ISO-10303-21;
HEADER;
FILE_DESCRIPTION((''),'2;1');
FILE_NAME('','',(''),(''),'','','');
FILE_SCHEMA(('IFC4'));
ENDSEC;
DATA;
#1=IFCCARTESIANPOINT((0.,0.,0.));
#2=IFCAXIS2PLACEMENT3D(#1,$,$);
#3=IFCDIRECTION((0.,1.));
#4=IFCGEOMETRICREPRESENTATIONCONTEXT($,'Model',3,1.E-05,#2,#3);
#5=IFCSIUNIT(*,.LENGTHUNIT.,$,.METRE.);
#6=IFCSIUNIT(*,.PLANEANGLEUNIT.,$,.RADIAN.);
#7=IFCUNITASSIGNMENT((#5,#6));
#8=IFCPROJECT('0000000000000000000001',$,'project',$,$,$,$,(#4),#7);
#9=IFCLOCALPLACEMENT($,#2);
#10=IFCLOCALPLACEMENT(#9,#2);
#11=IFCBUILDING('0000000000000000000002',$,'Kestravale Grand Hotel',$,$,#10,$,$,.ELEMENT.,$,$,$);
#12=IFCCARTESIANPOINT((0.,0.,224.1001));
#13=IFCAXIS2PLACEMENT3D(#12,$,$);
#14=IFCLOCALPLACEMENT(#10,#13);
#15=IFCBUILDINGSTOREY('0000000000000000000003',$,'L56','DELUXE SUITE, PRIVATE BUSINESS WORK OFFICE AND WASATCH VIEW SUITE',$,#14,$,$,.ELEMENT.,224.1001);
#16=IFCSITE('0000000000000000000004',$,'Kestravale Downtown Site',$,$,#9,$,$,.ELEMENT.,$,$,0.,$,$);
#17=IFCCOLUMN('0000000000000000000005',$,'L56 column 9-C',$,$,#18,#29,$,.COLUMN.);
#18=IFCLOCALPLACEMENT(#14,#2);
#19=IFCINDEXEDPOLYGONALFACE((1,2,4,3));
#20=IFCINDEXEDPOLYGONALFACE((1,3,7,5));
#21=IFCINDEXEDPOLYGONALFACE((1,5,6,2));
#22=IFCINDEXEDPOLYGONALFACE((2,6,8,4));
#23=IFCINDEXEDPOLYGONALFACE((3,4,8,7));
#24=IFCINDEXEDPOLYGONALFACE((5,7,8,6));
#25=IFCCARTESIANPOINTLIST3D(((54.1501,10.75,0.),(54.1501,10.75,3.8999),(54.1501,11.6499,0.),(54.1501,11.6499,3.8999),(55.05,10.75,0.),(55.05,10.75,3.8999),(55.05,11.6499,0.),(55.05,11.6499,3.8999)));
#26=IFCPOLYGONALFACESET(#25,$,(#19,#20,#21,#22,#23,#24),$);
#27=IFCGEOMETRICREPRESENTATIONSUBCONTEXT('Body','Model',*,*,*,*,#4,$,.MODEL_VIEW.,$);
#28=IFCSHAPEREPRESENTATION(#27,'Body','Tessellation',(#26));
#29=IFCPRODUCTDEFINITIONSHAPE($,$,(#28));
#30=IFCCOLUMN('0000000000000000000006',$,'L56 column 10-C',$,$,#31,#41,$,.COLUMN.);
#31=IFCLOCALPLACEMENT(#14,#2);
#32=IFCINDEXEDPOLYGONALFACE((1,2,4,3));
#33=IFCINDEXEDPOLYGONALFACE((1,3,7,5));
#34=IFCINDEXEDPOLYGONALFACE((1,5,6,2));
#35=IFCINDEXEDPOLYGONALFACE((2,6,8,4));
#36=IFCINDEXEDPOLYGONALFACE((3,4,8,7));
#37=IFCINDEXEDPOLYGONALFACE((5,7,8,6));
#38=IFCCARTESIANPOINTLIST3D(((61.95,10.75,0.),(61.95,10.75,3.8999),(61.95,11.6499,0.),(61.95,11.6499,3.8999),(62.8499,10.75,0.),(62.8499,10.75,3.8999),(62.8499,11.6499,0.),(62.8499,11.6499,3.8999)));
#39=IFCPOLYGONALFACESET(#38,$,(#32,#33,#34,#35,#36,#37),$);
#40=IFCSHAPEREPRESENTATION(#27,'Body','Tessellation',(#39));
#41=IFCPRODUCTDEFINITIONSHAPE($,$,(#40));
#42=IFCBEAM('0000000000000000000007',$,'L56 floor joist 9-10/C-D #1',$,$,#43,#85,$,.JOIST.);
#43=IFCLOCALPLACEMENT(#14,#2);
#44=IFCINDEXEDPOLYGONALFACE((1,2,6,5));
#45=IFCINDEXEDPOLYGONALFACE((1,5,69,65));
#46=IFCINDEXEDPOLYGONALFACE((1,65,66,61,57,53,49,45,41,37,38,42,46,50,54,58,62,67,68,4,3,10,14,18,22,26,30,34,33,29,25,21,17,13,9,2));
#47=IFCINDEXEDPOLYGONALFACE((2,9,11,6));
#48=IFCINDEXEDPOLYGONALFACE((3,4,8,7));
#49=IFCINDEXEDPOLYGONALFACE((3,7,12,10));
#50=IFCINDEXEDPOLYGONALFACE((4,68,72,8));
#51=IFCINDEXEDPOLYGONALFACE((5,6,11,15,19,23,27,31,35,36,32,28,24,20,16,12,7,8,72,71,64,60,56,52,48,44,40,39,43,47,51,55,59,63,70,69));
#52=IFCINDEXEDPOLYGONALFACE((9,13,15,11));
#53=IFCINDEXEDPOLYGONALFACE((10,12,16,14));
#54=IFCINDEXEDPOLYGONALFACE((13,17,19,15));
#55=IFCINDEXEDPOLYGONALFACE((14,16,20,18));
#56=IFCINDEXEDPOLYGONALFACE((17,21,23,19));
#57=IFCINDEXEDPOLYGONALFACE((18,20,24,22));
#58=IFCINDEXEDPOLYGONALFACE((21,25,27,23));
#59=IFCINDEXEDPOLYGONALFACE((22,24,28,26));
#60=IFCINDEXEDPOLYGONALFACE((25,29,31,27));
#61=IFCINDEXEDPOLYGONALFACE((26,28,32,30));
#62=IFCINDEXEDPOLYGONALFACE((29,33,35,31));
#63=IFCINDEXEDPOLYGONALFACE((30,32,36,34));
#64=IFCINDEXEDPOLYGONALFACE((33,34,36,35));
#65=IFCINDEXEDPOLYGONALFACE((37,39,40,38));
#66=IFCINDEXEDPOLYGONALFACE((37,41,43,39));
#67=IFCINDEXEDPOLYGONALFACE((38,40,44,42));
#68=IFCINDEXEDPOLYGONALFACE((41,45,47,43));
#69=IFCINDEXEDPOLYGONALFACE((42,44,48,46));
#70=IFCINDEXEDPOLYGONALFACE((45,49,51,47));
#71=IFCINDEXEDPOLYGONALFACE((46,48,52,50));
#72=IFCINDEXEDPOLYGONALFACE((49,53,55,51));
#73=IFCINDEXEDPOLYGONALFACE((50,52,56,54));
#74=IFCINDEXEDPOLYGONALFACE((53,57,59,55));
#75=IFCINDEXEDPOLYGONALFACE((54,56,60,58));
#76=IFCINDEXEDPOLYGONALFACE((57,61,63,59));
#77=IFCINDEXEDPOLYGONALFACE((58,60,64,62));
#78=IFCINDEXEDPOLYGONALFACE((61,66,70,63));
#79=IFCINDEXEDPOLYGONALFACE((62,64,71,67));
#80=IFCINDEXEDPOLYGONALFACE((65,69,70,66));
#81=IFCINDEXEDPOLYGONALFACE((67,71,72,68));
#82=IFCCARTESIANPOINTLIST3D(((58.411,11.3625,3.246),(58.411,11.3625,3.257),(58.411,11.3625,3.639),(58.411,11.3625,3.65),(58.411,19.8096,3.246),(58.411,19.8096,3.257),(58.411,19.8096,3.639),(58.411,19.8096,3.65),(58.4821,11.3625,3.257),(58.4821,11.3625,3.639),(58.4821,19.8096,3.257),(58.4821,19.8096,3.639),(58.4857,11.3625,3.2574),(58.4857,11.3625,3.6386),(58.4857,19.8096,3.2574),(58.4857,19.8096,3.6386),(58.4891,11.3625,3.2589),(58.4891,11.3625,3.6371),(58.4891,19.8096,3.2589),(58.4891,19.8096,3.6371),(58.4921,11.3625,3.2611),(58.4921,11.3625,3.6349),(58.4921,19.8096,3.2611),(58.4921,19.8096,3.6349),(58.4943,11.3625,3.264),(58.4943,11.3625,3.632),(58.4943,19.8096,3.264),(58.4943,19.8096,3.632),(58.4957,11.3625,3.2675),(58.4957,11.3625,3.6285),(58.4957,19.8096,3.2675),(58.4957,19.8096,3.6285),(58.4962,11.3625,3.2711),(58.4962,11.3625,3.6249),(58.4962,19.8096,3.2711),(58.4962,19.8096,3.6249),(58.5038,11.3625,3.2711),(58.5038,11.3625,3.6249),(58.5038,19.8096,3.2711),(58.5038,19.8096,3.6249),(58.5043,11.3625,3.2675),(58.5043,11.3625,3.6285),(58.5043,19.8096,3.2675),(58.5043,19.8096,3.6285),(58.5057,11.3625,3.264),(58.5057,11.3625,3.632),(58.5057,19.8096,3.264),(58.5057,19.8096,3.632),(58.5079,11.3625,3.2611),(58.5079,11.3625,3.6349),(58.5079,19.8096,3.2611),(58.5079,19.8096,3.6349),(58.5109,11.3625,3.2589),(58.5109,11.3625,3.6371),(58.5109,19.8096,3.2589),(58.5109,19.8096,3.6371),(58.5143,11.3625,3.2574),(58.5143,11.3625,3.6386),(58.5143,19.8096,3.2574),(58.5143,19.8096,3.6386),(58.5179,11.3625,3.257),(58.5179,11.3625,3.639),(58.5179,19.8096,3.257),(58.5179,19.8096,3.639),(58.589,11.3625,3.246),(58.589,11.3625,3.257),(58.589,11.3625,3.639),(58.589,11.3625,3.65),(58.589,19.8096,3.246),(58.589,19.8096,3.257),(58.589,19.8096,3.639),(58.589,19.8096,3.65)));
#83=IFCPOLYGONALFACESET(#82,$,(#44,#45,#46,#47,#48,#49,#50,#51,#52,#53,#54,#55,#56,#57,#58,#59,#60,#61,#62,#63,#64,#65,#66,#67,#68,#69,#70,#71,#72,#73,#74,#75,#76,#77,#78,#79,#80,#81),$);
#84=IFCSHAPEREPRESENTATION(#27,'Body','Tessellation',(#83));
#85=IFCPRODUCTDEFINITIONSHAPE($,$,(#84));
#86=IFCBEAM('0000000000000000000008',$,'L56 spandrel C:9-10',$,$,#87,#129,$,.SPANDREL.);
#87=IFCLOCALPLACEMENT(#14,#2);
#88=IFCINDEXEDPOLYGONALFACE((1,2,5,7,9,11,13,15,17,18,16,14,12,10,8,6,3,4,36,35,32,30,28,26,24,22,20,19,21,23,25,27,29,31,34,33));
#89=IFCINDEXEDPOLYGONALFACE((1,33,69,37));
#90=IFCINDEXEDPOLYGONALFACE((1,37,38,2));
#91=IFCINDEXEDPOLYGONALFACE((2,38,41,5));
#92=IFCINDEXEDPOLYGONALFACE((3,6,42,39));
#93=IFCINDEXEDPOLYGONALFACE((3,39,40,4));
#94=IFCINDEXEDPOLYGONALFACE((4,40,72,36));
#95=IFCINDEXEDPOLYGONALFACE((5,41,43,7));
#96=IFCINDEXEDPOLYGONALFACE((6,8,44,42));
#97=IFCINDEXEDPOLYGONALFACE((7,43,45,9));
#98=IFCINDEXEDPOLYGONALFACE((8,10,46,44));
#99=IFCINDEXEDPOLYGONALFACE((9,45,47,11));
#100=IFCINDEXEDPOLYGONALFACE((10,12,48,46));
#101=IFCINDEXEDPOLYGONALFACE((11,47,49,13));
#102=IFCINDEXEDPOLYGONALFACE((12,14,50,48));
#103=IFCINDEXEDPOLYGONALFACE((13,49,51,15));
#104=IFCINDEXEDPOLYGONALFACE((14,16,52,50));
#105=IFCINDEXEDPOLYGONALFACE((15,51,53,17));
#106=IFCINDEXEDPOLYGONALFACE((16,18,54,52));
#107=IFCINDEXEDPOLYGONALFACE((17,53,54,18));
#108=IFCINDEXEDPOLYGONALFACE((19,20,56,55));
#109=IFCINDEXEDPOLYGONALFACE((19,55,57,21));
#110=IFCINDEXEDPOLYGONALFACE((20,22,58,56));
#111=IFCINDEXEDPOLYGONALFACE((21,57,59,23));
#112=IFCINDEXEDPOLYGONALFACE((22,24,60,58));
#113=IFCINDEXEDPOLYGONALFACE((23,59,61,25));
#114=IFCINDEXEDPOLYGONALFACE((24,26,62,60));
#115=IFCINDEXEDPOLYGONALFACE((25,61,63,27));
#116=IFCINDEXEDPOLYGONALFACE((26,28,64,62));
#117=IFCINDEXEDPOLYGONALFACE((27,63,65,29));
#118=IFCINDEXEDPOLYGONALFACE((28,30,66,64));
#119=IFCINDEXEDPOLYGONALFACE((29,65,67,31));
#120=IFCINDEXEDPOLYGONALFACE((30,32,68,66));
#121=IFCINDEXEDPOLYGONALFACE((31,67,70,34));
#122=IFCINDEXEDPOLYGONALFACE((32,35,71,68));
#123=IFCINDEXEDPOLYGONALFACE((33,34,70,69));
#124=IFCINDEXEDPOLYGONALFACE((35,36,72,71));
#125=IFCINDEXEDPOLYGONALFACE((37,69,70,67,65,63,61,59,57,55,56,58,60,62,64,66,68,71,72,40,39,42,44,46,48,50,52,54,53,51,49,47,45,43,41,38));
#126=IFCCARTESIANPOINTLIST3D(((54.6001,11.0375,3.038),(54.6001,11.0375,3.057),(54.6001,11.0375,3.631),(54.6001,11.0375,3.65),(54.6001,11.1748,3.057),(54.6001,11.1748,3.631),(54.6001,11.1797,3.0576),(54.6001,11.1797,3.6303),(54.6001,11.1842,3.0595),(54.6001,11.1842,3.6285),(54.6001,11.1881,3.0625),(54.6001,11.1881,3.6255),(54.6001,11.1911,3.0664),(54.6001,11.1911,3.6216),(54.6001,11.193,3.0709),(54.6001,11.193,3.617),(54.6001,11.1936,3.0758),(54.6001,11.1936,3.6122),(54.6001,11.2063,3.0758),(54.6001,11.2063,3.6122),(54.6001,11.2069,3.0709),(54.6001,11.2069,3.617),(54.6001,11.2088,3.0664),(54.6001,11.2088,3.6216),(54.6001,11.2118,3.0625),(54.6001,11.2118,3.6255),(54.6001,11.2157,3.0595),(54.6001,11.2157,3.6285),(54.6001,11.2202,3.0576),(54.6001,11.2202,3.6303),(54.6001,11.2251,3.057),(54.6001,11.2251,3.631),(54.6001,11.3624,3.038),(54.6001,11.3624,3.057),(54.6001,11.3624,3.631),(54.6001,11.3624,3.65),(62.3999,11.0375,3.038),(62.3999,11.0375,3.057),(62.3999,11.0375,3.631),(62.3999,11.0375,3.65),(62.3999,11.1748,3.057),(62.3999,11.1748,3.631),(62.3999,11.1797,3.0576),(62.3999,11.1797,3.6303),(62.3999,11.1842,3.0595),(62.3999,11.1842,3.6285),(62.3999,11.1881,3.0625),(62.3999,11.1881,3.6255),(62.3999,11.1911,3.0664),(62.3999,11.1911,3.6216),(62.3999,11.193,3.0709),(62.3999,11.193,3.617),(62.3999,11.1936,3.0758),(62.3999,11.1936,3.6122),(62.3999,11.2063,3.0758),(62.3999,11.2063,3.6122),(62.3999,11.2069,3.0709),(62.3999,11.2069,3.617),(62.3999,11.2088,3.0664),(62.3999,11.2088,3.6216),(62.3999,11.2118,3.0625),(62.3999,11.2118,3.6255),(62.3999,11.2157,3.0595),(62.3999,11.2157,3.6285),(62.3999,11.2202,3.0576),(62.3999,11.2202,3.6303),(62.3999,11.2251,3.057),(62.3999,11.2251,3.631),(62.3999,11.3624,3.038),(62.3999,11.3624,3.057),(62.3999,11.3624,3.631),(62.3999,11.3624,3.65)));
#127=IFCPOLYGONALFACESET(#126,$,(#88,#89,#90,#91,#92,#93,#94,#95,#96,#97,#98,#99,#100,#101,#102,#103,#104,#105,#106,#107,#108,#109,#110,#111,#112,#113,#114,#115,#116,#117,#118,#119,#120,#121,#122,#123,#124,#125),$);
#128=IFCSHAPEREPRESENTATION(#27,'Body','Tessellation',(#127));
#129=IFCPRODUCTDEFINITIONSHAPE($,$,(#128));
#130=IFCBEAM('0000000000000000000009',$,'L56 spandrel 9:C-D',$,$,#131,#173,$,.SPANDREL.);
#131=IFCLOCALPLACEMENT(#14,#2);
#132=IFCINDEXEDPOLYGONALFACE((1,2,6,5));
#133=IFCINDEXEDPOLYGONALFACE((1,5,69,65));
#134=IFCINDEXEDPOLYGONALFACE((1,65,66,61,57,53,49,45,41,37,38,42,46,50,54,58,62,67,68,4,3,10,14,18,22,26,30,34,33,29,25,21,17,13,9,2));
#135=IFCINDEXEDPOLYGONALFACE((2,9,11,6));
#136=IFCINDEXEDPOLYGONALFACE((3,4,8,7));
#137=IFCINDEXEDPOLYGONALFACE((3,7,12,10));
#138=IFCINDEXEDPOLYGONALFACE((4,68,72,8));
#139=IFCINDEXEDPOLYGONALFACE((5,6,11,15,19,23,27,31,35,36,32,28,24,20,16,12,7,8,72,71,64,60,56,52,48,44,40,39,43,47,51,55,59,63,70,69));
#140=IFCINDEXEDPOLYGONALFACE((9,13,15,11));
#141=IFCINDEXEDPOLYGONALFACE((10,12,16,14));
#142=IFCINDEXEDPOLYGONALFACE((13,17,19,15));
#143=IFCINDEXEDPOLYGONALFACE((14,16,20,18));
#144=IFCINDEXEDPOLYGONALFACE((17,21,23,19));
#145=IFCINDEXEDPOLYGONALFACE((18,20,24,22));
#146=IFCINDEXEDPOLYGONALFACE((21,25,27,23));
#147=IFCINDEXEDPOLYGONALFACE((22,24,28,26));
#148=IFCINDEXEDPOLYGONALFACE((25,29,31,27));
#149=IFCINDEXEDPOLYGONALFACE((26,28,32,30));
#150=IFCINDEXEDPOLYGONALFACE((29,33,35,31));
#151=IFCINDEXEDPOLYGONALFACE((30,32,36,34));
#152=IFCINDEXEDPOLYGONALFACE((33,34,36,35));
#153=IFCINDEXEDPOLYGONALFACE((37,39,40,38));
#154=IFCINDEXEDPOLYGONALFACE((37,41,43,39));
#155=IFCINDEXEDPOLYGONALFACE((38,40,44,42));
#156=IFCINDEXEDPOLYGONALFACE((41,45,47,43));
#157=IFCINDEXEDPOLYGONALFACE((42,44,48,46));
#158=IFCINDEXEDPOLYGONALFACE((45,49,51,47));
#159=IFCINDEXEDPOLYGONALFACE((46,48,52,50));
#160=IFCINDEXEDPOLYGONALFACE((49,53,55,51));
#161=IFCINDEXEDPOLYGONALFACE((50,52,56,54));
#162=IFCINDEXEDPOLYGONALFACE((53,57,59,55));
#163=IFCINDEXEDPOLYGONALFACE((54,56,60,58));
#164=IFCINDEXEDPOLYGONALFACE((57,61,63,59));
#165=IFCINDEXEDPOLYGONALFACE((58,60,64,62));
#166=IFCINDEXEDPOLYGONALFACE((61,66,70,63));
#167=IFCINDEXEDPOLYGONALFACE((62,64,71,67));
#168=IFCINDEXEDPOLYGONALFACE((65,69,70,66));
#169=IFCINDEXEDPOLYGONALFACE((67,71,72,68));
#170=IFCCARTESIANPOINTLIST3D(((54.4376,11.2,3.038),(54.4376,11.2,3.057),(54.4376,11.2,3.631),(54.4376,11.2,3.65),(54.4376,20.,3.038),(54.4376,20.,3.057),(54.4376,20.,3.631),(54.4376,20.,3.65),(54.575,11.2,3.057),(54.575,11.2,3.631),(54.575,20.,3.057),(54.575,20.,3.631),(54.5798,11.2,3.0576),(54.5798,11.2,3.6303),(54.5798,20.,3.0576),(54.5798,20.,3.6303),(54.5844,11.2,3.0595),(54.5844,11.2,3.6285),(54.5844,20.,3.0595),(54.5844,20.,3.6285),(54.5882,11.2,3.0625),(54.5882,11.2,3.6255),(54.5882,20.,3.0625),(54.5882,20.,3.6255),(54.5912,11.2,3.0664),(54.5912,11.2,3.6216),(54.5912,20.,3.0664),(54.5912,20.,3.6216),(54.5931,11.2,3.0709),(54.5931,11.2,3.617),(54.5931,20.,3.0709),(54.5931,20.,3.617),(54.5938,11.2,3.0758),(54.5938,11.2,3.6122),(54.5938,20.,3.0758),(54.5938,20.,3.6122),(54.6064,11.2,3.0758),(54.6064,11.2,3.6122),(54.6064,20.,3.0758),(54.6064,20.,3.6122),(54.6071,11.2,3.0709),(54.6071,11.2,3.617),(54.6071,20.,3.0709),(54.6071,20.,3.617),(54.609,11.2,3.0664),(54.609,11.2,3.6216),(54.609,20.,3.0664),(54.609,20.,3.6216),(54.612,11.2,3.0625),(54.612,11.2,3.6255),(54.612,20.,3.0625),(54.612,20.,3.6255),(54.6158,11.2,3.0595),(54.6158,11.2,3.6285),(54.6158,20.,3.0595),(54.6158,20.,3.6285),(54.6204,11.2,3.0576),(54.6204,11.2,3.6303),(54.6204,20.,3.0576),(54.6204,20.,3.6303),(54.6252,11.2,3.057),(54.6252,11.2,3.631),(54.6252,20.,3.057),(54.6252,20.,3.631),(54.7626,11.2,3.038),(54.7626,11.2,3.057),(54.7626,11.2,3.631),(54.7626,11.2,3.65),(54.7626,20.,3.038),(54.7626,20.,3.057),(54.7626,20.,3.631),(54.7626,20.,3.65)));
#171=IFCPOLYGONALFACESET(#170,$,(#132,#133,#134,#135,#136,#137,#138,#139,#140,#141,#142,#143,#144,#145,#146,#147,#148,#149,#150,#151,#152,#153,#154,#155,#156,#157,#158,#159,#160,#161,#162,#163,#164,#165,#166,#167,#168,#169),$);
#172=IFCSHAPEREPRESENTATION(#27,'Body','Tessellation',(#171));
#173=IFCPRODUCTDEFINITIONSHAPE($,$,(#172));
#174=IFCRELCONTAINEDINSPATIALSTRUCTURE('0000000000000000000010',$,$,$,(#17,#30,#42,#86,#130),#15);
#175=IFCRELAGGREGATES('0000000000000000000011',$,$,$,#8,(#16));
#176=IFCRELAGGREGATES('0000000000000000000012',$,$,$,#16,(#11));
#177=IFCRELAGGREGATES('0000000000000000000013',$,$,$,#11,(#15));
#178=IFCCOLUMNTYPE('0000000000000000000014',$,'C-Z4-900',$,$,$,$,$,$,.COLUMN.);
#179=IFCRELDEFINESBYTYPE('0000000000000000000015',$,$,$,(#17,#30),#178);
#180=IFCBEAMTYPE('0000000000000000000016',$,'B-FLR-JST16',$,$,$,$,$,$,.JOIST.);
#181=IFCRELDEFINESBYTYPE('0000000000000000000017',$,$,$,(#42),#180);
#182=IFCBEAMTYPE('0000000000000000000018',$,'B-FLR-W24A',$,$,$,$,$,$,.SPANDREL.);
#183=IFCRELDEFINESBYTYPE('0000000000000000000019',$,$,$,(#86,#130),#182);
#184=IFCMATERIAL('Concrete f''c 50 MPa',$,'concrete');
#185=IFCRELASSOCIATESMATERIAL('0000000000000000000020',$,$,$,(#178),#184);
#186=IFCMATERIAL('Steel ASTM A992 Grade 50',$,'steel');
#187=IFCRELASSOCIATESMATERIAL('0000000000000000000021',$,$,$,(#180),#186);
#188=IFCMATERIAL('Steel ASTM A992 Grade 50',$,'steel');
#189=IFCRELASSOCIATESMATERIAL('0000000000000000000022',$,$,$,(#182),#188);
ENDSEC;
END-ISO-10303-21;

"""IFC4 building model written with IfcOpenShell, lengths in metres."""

from ifc_helpers import new_model, si_unit, direction, frame, origin, origin_2d, place, context, subcontext, project, spatial, rectangle, i_section, extrude, material, material_profile, profile_set, type_object, element, save


model = new_model("IFC4")

# Units and contexts
model_context = context("Model", 3, precision=1e-05, world=origin(), true_north=direction((0.0, 1.0)))
body_context = subcontext(model_context, "Body", "Model", "MODEL_VIEW")
ifc_project = project(units=[si_unit("LENGTHUNIT", "METRE"), si_unit("PLANEANGLEUNIT", "RADIAN")], contexts=[model_context])

# Site, building, storey
site_placement = place(None, origin())
site = spatial("IfcSite", under=ifc_project, at=site_placement, Name="Kestravale Downtown Site", CompositionType="ELEMENT", RefElevation=0.0)
building_placement = place(site_placement, origin())
building = spatial("IfcBuilding", under=site, at=building_placement, Name="Kestravale Grand Hotel", CompositionType="ELEMENT")
storey_placement = place(building_placement, frame((0.0, 0.0, 224.1001)))
storey = spatial("IfcBuildingStorey", under=building, at=storey_placement, Name="L56", Description="DELUXE SUITE, PRIVATE BUSINESS WORK OFFICE AND WASATCH VIEW SUITE", CompositionType="ELEMENT", Elevation=224.1001)

# Columns
ifc_material_1 = material(Name="Concrete f'c 50 MPa", Category="concrete")
ifc_material_profile_1 = material_profile(ifc_material_1, rectangle(XDim=0.8999, YDim=0.8999, at=origin_2d()))
ifc_profile_set_1 = profile_set([ifc_material_profile_1], Name="Concrete f'c 50 MPa")
column_type = type_object("IfcColumnType", Name="C-Z4-900", PredefinedType="COLUMN", material=ifc_profile_set_1)
for number, where, z_axis, x_axis, name in (
    (1, (54.6001, 11.2, 0.0), (0.0, 0.0, 1.0), (1.0, 0.0, 0.0), "L56 column 9-C"),
    (2, (62.3999, 11.2, 0.0), (0.0, 0.0, 1.0), (1.0, 0.0, 0.0), "L56 column 10-C"),
):
    element("IfcColumn", number, at=place(storey_placement, frame(where, z_axis=z_axis, x_axis=x_axis)), inside=storey, type_object=column_type, Name=name, PredefinedType="COLUMN", context=body_context, shape_type="SweptSolid", body=[
        extrude(rectangle(XDim=0.8999, YDim=0.8999, at=origin_2d()), origin(), (0.0, 0.0, 1.0), 3.8999),
    ])

# Beams
ifc_material_2 = material(Name="Steel ASTM A992 Grade 50", Category="steel")
ifc_material_profile_2 = material_profile(ifc_material_2, i_section(OverallWidth=0.178, OverallDepth=0.4041, WebThickness=0.0076, FlangeThickness=0.011, FilletRadius=0.0142, at=origin_2d()))
ifc_profile_set_2 = profile_set([ifc_material_profile_2], Name="Steel ASTM A992 Grade 50")
beam_type_1 = type_object("IfcBeamType", Name="B-FLR-JST16", PredefinedType="JOIST", material=ifc_profile_set_2)
beam_1_placement = place(storey_placement, frame((58.5, 11.3625, 3.448), z_axis=(0.0, 1.0, 0.0), x_axis=(-1.0, 0.0, 0.0)))
element("IfcBeam", 3, at=beam_1_placement, inside=storey, type_object=beam_type_1, Name="L56 floor joist 9-10/C-D #1", PredefinedType="JOIST", context=body_context, shape_type="SweptSolid", body=[
    extrude(i_section(OverallWidth=0.178, OverallDepth=0.4041, WebThickness=0.0076, FlangeThickness=0.011, FilletRadius=0.0142, at=origin_2d()), origin(), (0.0, 0.0, 1.0), 8.447),
])
ifc_material_3 = material(Name="Steel ASTM A992 Grade 50", Category="steel")
ifc_material_profile_3 = material_profile(ifc_material_3, i_section(OverallWidth=0.325, OverallDepth=0.6121, WebThickness=0.0127, FlangeThickness=0.019, FilletRadius=0.0188, at=origin_2d()))
ifc_profile_set_3 = profile_set([ifc_material_profile_3], Name="Steel ASTM A992 Grade 50")
beam_type_2 = type_object("IfcBeamType", Name="B-FLR-W24A", PredefinedType="SPANDREL", material=ifc_profile_set_3)
beam_2_placement = place(storey_placement, frame((54.6001, 11.2, 3.344), z_axis=(1.0, 0.0, 0.0), x_axis=(0.0, 1.0, 0.0)))
element("IfcBeam", 4, at=beam_2_placement, inside=storey, type_object=beam_type_2, Name="L56 spandrel C:9-10", PredefinedType="SPANDREL", context=body_context, shape_type="SweptSolid", body=[
    extrude(i_section(OverallWidth=0.325, OverallDepth=0.6121, WebThickness=0.0127, FlangeThickness=0.019, FilletRadius=0.0188, at=origin_2d()), origin(), (0.0, 0.0, 1.0), 7.7998),
])
for number, where, z_axis, x_axis, name in (
    (5, (54.6001, 11.2, 3.344), (0.0, 1.0, 0.0), (-1.0, 0.0, 0.0), "L56 spandrel 9:C-D"),
):
    element("IfcBeam", number, at=place(storey_placement, frame(where, z_axis=z_axis, x_axis=x_axis)), inside=storey, type_object=beam_type_2, Name=name, PredefinedType="SPANDREL", context=body_context, shape_type="SweptSolid", body=[
        extrude(i_section(OverallWidth=0.325, OverallDepth=0.6121, WebThickness=0.0127, FlangeThickness=0.019, FilletRadius=0.0188, at=origin_2d()), origin(), (0.0, 0.0, 1.0), 8.8),
    ])

save(model, "model.ifc")
